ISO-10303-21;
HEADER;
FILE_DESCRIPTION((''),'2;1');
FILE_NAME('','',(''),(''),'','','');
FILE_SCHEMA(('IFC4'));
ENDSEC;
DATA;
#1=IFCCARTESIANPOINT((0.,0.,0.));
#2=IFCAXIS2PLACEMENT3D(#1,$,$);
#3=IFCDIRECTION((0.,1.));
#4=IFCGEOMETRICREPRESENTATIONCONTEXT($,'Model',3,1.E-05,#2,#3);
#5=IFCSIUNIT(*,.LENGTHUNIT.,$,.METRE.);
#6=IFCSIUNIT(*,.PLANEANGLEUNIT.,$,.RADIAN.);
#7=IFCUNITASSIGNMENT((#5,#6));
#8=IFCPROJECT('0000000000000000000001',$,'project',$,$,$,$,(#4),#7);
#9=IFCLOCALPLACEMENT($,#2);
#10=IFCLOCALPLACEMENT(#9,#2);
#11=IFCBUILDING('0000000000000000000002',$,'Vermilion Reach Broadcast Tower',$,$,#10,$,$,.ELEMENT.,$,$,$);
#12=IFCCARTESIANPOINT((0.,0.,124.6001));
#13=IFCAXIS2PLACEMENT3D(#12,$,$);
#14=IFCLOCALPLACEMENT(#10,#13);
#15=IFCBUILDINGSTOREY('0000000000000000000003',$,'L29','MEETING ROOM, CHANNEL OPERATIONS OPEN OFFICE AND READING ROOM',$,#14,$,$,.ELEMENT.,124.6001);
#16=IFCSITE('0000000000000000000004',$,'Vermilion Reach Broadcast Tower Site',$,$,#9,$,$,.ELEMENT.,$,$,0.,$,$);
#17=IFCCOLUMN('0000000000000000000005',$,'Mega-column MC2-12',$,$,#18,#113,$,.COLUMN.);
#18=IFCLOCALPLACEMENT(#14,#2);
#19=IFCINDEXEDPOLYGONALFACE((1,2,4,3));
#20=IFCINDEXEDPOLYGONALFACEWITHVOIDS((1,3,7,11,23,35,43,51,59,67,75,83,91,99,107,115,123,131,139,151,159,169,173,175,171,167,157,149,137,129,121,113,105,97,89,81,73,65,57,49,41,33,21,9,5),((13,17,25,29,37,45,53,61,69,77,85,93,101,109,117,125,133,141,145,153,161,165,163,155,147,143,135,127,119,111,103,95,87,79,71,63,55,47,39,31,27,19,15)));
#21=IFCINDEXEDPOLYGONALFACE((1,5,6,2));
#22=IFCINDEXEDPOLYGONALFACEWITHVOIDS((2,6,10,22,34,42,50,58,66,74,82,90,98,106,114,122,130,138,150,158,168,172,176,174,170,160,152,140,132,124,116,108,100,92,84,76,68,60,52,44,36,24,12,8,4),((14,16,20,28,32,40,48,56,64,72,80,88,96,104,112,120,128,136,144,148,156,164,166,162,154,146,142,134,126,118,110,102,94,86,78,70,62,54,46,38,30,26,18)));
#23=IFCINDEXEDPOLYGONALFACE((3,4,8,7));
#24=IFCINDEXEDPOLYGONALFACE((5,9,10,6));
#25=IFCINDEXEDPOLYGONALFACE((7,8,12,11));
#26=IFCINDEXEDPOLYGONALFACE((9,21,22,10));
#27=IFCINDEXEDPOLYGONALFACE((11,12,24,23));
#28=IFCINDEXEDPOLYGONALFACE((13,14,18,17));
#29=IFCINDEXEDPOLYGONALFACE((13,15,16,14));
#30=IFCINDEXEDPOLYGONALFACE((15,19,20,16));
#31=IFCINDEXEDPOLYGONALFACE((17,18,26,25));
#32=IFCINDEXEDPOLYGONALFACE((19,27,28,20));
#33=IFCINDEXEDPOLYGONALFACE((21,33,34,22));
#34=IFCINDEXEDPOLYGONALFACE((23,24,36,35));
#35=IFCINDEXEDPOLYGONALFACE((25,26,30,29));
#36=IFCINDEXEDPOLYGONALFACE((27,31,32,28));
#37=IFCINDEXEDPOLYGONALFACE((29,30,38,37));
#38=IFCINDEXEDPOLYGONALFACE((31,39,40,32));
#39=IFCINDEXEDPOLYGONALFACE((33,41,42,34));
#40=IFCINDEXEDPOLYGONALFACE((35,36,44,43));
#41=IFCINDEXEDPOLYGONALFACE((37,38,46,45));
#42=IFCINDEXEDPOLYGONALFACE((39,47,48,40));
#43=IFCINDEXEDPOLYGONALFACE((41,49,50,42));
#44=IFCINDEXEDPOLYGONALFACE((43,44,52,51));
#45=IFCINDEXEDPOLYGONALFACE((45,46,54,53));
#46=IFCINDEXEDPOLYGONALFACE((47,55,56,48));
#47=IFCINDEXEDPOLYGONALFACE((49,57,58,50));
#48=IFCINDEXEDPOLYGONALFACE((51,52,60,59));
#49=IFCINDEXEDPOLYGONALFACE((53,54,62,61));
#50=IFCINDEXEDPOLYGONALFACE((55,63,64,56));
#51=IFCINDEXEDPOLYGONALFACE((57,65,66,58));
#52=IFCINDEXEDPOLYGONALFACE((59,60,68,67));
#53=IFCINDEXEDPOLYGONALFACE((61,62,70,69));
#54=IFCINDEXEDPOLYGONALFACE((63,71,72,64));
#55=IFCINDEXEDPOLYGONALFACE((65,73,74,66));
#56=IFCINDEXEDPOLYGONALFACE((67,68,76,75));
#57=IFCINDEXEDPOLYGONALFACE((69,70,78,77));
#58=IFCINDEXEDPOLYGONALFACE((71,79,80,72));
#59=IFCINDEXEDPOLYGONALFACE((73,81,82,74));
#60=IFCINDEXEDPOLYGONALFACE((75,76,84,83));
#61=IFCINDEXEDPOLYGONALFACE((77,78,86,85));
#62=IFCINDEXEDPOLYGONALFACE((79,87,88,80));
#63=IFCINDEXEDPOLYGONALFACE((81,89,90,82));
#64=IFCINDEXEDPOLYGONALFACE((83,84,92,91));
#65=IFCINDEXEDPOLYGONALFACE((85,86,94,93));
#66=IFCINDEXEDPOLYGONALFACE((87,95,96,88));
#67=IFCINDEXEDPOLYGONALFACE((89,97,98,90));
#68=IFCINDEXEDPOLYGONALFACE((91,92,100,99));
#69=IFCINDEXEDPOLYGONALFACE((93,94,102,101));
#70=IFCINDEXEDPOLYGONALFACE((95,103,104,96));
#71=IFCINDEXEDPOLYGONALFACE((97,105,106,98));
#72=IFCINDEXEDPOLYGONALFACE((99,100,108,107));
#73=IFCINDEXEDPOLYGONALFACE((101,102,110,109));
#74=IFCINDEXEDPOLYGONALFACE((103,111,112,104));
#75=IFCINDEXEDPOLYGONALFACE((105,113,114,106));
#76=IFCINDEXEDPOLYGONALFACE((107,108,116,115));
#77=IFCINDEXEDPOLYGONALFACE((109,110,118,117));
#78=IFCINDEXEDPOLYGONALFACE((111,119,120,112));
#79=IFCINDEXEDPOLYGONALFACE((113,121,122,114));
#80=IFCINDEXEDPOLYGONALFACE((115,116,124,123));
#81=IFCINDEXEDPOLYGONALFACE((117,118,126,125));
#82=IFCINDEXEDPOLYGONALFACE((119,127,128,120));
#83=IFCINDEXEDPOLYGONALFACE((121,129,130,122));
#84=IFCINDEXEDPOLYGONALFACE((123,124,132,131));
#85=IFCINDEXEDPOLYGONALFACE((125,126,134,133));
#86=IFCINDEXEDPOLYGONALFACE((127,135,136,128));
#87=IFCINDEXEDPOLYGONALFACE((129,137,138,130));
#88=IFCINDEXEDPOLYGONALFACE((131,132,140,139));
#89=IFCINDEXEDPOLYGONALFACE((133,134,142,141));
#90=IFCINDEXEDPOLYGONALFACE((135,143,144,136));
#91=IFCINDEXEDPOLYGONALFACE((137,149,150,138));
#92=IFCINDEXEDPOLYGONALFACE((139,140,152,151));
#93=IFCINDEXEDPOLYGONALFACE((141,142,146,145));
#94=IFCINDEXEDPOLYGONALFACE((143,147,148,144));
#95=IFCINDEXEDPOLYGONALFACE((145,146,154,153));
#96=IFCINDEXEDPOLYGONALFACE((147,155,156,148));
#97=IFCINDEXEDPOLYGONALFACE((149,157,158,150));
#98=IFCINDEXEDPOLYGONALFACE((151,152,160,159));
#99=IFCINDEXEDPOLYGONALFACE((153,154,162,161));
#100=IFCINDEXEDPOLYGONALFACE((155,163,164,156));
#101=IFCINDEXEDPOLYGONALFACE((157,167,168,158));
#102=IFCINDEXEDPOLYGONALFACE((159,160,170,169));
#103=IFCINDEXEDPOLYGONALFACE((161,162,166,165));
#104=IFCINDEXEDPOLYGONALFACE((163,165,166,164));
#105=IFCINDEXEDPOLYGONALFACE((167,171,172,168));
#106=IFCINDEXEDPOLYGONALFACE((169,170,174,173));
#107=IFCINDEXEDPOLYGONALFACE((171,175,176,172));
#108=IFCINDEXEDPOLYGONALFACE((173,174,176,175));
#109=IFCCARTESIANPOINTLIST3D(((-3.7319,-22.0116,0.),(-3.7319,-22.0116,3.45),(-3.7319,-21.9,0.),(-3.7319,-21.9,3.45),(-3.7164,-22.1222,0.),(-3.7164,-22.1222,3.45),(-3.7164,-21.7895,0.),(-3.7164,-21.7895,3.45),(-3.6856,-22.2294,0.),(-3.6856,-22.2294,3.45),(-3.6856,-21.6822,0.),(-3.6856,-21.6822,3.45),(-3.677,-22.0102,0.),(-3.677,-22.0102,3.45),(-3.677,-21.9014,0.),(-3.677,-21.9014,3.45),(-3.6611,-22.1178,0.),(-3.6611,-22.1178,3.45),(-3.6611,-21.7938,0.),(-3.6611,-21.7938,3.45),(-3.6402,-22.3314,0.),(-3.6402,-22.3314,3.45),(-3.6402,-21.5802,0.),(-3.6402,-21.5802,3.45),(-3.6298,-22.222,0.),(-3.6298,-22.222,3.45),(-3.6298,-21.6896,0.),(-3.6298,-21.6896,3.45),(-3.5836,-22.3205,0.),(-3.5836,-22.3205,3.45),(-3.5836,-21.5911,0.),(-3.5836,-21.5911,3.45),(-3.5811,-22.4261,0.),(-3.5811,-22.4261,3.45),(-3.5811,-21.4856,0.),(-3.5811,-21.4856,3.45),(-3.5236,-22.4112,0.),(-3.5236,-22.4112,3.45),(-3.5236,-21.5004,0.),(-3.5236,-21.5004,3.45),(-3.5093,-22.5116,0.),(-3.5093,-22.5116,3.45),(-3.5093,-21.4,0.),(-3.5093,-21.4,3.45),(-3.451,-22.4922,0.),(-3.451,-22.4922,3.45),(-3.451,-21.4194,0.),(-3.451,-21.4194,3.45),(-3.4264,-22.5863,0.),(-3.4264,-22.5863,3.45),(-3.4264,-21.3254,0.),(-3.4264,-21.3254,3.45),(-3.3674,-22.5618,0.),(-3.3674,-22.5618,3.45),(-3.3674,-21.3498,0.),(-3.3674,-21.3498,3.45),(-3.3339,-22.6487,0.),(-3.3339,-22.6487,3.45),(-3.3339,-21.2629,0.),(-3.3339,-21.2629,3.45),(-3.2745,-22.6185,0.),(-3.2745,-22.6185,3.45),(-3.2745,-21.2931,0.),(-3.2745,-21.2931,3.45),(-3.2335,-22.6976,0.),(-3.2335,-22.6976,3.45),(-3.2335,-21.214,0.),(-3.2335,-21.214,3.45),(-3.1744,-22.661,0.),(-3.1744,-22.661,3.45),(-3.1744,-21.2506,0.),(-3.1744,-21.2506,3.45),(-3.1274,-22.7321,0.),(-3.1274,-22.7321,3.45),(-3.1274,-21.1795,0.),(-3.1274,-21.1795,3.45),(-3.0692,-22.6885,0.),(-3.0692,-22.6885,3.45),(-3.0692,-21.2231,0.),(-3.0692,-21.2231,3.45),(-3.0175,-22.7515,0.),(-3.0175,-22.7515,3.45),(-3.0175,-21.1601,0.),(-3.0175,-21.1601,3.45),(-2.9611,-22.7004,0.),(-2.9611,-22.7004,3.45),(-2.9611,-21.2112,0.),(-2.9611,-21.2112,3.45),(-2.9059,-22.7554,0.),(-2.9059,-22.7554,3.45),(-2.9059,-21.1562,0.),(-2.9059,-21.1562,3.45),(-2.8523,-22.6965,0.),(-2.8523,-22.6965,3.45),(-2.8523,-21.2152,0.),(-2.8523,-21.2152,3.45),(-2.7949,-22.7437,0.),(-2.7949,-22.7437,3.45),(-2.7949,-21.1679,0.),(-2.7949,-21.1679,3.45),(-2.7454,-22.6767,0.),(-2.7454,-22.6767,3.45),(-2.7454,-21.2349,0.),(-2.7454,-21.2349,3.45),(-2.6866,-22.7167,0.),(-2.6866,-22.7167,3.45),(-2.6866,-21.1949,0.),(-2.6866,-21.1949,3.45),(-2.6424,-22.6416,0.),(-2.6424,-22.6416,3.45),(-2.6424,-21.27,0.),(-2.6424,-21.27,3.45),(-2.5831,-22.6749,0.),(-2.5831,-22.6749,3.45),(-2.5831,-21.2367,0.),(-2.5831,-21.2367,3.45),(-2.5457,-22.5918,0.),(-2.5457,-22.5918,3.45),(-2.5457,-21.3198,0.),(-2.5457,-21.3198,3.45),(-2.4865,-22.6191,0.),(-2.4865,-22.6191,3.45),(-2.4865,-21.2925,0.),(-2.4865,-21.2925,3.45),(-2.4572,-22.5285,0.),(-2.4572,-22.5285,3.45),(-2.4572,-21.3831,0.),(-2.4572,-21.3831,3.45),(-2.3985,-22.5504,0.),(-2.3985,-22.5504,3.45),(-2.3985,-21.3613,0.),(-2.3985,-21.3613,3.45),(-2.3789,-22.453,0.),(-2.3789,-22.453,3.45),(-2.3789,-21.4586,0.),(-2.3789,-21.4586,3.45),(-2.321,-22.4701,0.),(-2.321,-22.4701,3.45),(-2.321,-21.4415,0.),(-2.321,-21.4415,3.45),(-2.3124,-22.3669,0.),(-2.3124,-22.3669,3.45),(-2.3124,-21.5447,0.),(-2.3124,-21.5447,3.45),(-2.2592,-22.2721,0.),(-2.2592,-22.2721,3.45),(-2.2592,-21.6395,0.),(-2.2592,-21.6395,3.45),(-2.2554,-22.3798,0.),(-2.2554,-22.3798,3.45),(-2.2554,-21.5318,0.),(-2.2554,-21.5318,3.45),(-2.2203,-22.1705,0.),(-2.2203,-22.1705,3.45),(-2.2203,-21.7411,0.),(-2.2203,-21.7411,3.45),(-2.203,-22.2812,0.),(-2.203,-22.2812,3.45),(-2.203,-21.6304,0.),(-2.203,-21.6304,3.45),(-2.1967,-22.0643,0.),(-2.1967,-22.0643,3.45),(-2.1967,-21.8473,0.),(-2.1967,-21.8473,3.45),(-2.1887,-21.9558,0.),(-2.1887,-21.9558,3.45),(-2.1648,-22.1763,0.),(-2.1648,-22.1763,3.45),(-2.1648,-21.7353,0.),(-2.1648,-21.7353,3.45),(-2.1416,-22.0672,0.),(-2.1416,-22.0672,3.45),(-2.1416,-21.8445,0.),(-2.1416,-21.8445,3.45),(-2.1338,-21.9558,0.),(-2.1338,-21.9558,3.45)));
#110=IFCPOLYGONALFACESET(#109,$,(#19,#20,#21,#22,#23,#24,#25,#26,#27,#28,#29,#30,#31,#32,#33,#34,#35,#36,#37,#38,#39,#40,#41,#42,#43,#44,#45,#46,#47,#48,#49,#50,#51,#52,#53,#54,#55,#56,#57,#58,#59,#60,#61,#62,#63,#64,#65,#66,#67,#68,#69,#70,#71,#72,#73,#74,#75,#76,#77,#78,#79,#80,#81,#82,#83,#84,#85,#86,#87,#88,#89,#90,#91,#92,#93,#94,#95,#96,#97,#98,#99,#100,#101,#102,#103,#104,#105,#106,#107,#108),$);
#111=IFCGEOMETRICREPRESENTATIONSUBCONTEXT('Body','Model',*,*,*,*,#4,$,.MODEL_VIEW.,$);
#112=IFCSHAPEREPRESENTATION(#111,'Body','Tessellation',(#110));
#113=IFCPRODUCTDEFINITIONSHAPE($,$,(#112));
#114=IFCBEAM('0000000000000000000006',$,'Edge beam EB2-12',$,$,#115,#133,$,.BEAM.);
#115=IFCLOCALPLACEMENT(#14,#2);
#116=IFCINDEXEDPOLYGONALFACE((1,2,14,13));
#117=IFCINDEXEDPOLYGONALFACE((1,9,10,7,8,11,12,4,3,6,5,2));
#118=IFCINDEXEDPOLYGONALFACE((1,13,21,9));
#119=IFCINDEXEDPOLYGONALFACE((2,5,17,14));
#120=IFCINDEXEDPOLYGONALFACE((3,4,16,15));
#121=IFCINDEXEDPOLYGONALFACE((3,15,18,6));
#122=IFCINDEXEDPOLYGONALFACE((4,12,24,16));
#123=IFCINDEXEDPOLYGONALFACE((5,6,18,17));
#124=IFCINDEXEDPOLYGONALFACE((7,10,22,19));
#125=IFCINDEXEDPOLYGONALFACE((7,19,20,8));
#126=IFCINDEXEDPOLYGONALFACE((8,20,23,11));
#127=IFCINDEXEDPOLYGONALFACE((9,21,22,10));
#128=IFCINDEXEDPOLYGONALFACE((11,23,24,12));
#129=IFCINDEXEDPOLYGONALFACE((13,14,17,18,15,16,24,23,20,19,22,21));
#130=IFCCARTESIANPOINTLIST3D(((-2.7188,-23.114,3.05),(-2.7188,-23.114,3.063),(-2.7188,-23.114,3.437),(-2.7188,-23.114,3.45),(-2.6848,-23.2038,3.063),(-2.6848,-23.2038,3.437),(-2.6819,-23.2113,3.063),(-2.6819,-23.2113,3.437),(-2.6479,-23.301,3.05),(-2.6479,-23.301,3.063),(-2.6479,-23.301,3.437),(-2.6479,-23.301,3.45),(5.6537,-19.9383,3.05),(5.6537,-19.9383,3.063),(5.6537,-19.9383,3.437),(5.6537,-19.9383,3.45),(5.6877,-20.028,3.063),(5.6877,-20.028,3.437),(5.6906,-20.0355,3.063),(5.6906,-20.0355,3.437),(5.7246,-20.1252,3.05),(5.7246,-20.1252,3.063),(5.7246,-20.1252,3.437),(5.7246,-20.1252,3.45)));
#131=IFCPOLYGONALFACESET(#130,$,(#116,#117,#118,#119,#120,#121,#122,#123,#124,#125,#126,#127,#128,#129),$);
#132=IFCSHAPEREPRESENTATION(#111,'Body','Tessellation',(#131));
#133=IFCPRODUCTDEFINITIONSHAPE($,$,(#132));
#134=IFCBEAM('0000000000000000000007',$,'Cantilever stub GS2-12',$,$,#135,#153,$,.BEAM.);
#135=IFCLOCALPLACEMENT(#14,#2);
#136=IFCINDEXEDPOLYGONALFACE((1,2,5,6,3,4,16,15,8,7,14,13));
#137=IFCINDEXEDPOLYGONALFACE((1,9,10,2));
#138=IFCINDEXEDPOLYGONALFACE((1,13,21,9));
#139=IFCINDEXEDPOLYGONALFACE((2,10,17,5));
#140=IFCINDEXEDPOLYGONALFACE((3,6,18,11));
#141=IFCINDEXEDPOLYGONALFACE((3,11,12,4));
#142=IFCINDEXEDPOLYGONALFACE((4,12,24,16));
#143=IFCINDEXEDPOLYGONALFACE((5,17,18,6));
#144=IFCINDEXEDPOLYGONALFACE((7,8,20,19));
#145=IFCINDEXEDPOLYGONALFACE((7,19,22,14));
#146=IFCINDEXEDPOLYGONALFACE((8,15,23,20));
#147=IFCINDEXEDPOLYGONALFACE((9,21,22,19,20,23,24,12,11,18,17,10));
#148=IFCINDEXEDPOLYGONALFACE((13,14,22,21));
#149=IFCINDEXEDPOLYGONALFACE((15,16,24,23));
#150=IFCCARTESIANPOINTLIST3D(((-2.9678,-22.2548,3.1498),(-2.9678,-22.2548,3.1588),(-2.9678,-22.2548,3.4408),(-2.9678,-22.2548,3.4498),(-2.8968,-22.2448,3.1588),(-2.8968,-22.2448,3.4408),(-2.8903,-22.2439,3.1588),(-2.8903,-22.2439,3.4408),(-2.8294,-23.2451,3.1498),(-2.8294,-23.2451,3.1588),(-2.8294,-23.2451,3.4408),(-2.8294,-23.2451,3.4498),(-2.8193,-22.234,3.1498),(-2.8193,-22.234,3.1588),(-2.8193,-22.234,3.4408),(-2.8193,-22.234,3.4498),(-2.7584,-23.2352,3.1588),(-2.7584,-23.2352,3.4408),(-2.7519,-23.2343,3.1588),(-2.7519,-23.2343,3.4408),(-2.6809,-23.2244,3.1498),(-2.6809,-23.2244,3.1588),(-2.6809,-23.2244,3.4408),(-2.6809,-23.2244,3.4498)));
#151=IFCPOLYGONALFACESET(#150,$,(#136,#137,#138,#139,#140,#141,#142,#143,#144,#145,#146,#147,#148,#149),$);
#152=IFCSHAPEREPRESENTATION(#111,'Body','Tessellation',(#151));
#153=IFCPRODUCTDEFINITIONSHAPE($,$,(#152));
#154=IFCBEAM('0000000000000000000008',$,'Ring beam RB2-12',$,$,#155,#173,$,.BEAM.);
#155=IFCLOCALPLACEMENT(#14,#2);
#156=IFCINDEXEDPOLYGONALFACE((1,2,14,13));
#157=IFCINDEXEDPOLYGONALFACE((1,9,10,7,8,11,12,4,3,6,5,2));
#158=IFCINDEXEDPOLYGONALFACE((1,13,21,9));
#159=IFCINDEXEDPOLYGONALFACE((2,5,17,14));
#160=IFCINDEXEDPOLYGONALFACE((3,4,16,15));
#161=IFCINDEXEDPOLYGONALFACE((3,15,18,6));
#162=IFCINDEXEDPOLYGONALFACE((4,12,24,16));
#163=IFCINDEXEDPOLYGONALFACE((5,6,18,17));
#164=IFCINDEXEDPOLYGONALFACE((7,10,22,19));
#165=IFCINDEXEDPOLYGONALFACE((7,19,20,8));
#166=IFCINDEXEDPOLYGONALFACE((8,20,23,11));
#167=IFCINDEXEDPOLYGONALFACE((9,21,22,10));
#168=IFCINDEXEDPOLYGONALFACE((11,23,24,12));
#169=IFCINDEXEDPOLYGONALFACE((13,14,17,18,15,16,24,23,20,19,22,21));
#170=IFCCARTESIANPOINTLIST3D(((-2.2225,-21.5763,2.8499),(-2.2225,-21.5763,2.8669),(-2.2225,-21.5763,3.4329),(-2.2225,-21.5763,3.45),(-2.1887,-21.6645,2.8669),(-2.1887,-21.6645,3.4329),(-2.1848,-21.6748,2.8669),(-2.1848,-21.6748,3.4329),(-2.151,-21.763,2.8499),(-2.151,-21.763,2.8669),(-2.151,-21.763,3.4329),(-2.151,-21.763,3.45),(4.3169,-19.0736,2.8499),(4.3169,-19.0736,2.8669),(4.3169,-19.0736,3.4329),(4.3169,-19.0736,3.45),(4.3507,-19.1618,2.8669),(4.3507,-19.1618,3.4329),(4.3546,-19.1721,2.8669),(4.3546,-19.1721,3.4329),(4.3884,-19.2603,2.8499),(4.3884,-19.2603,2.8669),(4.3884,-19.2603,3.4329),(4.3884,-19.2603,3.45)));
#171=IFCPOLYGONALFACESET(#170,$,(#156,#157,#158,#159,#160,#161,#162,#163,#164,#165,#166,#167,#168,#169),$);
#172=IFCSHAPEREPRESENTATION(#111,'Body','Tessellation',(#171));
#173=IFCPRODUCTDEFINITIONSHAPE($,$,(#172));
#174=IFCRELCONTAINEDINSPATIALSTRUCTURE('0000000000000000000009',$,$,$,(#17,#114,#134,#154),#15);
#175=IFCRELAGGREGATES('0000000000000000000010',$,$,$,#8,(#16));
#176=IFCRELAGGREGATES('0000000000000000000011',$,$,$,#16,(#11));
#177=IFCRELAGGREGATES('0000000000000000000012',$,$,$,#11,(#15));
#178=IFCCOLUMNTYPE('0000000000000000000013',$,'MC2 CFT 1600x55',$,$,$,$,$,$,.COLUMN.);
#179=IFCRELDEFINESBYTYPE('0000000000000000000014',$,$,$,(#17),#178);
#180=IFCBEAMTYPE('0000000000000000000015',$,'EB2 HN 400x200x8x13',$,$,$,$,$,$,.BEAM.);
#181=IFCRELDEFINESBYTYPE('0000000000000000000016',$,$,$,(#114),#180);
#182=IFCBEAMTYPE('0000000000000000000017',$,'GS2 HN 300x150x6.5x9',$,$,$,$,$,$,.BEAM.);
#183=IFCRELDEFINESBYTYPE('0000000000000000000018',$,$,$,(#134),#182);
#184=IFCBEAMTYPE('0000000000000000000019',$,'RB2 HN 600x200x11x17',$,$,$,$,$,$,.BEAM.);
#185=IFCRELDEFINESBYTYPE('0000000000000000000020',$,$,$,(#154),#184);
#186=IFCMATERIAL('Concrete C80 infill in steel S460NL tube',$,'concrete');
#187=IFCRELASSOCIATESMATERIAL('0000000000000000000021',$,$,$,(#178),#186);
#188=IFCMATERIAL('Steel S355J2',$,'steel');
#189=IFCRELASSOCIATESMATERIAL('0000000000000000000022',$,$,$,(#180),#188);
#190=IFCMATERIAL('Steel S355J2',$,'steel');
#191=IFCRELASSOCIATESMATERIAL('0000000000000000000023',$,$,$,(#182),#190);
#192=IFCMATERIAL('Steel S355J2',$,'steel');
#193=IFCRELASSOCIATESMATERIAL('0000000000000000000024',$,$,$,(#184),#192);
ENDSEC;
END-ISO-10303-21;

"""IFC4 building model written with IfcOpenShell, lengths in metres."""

from ifc_helpers import new_model, si_unit, direction, frame, origin, origin_2d, place, context, subcontext, project, spatial, hollow_circle, i_section, extrude, material, material_profile, profile_set, type_object, element, save


model = new_model("IFC4")

# Units and contexts
model_context = context("Model", 3, precision=1e-05, world=origin(), true_north=direction((0.0, 1.0)))
body_context = subcontext(model_context, "Body", "Model", "MODEL_VIEW")
ifc_project = project(units=[si_unit("LENGTHUNIT", "METRE"), si_unit("PLANEANGLEUNIT", "RADIAN")], contexts=[model_context])

# Site, building, storey
site_placement = place(None, origin())
site = spatial("IfcSite", under=ifc_project, at=site_placement, Name="Vermilion Reach Broadcast Tower Site", CompositionType="ELEMENT", RefElevation=0.0)
building_placement = place(site_placement, origin())
building = spatial("IfcBuilding", under=site, at=building_placement, Name="Vermilion Reach Broadcast Tower", CompositionType="ELEMENT")
storey_placement = place(building_placement, frame((0.0, 0.0, 124.6001)))
storey = spatial("IfcBuildingStorey", under=building, at=storey_placement, Name="L29", Description="MEETING ROOM, CHANNEL OPERATIONS OPEN OFFICE AND READING ROOM", CompositionType="ELEMENT", Elevation=124.6001)

# Column
ifc_material_1 = material(Name="Concrete C80 infill in steel S460NL tube", Category="concrete")
ifc_material_profile_1 = material_profile(ifc_material_1, hollow_circle(Radius=0.8, WallThickness=0.0549, at=origin_2d()), Name="Concrete C80 infill in steel S460NL tube CFT 1600x55")
ifc_profile_set_1 = profile_set([ifc_material_profile_1], Name="Concrete C80 infill in steel S460NL tube")
column_type = type_object("IfcColumnType", Name="MC2 CFT 1600x55", PredefinedType="COLUMN", material=ifc_profile_set_1)
column_placement = place(storey_placement, frame((-2.9338, -21.9558, 0.0), z_axis=(0.0, 0.0, 1.0), x_axis=(1.0, 0.0, 0.0)))
element("IfcColumn", 1, at=column_placement, inside=storey, type_object=column_type, Name="Mega-column MC2-12", PredefinedType="COLUMN", context=body_context, shape_type="SweptSolid", body=[
    extrude(hollow_circle(Radius=0.8, WallThickness=0.0549, at=origin_2d()), origin(), (0.0, 0.0, 1.0), 3.45),
])

# Beams
ifc_material_2 = material(Name="Steel S355J2", Category="steel")
ifc_material_profile_2 = material_profile(ifc_material_2, i_section(OverallWidth=0.2, OverallDepth=0.3999, WebThickness=0.0081, FlangeThickness=0.0129, at=origin_2d()), Name="S355J2 HN 400x200x8x13")
ifc_profile_set_2 = profile_set([ifc_material_profile_2], Name="Steel S355J2")
beam_type_1 = type_object("IfcBeamType", Name="EB2 HN 400x200x8x13", PredefinedType="BEAM", material=ifc_profile_set_2)
beam_1_placement = place(storey_placement, frame((-2.6833, -23.2075, 3.25), z_axis=(0.934998, 0.354653, 0.0), x_axis=(-0.354653, 0.934998, 0.0)))
element("IfcBeam", 2, at=beam_1_placement, inside=storey, type_object=beam_type_1, Name="Edge beam EB2-12", PredefinedType="BEAM", context=body_context, shape_type="SweptSolid", body=[
    extrude(i_section(OverallWidth=0.2, OverallDepth=0.3999, WebThickness=0.0081, FlangeThickness=0.0129, at=origin_2d()), origin(), (0.0, 0.0, 1.0), 8.9546),
])
ifc_material_3 = material(Name="Steel S355J2", Category="steel")
ifc_material_profile_3 = material_profile(ifc_material_3, i_section(OverallWidth=0.1499, OverallDepth=0.3, WebThickness=0.0066, FlangeThickness=0.009, at=origin_2d()), Name="S355J2 HN 300x150x6.5x9")
ifc_profile_set_3 = profile_set([ifc_material_profile_3], Name="Steel S355J2")
beam_type_2 = type_object("IfcBeamType", Name="GS2 HN 300x150x6.5x9", PredefinedType="BEAM", material=ifc_profile_set_3)
beam_2_placement = place(storey_placement, frame((-2.8936, -22.2444, 3.2998), z_axis=(0.138413, -0.990375, 0.0), x_axis=(0.990375, 0.138413, 0.0)))
element("IfcBeam", 3, at=beam_2_placement, inside=storey, type_object=beam_type_2, Name="Cantilever stub GS2-12", PredefinedType="BEAM", context=body_context, shape_type="SweptSolid", body=[
    extrude(i_section(OverallWidth=0.1499, OverallDepth=0.3, WebThickness=0.0066, FlangeThickness=0.009, at=origin_2d()), origin(), (0.0, 0.0, 1.0), 1.0),
])
ifc_material_4 = material(Name="Steel S355J2", Category="steel")
ifc_material_profile_4 = material_profile(ifc_material_4, i_section(OverallWidth=0.2, OverallDepth=0.6001, WebThickness=0.011, FlangeThickness=0.0171, at=origin_2d()), Name="S355J2 HN 600x200x11x17")
ifc_profile_set_4 = profile_set([ifc_material_profile_4], Name="Steel S355J2")
beam_type_3 = type_object("IfcBeamType", Name="RB2 HN 600x200x11x17", PredefinedType="BEAM", material=ifc_profile_set_4)
beam_3_placement = place(storey_placement, frame((-2.1868, -21.6697, 3.1499), z_axis=(0.933939, 0.357432, 0.0), x_axis=(-0.357432, 0.933939, 0.0)))
element("IfcBeam", 4, at=beam_3_placement, inside=storey, type_object=beam_type_3, Name="Ring beam RB2-12", PredefinedType="BEAM", context=body_context, shape_type="SweptSolid", body=[
    extrude(i_section(OverallWidth=0.2, OverallDepth=0.6001, WebThickness=0.011, FlangeThickness=0.0171, at=origin_2d()), origin(), (0.0, 0.0, 1.0), 7.002),
])

save(model, "model.ifc")
